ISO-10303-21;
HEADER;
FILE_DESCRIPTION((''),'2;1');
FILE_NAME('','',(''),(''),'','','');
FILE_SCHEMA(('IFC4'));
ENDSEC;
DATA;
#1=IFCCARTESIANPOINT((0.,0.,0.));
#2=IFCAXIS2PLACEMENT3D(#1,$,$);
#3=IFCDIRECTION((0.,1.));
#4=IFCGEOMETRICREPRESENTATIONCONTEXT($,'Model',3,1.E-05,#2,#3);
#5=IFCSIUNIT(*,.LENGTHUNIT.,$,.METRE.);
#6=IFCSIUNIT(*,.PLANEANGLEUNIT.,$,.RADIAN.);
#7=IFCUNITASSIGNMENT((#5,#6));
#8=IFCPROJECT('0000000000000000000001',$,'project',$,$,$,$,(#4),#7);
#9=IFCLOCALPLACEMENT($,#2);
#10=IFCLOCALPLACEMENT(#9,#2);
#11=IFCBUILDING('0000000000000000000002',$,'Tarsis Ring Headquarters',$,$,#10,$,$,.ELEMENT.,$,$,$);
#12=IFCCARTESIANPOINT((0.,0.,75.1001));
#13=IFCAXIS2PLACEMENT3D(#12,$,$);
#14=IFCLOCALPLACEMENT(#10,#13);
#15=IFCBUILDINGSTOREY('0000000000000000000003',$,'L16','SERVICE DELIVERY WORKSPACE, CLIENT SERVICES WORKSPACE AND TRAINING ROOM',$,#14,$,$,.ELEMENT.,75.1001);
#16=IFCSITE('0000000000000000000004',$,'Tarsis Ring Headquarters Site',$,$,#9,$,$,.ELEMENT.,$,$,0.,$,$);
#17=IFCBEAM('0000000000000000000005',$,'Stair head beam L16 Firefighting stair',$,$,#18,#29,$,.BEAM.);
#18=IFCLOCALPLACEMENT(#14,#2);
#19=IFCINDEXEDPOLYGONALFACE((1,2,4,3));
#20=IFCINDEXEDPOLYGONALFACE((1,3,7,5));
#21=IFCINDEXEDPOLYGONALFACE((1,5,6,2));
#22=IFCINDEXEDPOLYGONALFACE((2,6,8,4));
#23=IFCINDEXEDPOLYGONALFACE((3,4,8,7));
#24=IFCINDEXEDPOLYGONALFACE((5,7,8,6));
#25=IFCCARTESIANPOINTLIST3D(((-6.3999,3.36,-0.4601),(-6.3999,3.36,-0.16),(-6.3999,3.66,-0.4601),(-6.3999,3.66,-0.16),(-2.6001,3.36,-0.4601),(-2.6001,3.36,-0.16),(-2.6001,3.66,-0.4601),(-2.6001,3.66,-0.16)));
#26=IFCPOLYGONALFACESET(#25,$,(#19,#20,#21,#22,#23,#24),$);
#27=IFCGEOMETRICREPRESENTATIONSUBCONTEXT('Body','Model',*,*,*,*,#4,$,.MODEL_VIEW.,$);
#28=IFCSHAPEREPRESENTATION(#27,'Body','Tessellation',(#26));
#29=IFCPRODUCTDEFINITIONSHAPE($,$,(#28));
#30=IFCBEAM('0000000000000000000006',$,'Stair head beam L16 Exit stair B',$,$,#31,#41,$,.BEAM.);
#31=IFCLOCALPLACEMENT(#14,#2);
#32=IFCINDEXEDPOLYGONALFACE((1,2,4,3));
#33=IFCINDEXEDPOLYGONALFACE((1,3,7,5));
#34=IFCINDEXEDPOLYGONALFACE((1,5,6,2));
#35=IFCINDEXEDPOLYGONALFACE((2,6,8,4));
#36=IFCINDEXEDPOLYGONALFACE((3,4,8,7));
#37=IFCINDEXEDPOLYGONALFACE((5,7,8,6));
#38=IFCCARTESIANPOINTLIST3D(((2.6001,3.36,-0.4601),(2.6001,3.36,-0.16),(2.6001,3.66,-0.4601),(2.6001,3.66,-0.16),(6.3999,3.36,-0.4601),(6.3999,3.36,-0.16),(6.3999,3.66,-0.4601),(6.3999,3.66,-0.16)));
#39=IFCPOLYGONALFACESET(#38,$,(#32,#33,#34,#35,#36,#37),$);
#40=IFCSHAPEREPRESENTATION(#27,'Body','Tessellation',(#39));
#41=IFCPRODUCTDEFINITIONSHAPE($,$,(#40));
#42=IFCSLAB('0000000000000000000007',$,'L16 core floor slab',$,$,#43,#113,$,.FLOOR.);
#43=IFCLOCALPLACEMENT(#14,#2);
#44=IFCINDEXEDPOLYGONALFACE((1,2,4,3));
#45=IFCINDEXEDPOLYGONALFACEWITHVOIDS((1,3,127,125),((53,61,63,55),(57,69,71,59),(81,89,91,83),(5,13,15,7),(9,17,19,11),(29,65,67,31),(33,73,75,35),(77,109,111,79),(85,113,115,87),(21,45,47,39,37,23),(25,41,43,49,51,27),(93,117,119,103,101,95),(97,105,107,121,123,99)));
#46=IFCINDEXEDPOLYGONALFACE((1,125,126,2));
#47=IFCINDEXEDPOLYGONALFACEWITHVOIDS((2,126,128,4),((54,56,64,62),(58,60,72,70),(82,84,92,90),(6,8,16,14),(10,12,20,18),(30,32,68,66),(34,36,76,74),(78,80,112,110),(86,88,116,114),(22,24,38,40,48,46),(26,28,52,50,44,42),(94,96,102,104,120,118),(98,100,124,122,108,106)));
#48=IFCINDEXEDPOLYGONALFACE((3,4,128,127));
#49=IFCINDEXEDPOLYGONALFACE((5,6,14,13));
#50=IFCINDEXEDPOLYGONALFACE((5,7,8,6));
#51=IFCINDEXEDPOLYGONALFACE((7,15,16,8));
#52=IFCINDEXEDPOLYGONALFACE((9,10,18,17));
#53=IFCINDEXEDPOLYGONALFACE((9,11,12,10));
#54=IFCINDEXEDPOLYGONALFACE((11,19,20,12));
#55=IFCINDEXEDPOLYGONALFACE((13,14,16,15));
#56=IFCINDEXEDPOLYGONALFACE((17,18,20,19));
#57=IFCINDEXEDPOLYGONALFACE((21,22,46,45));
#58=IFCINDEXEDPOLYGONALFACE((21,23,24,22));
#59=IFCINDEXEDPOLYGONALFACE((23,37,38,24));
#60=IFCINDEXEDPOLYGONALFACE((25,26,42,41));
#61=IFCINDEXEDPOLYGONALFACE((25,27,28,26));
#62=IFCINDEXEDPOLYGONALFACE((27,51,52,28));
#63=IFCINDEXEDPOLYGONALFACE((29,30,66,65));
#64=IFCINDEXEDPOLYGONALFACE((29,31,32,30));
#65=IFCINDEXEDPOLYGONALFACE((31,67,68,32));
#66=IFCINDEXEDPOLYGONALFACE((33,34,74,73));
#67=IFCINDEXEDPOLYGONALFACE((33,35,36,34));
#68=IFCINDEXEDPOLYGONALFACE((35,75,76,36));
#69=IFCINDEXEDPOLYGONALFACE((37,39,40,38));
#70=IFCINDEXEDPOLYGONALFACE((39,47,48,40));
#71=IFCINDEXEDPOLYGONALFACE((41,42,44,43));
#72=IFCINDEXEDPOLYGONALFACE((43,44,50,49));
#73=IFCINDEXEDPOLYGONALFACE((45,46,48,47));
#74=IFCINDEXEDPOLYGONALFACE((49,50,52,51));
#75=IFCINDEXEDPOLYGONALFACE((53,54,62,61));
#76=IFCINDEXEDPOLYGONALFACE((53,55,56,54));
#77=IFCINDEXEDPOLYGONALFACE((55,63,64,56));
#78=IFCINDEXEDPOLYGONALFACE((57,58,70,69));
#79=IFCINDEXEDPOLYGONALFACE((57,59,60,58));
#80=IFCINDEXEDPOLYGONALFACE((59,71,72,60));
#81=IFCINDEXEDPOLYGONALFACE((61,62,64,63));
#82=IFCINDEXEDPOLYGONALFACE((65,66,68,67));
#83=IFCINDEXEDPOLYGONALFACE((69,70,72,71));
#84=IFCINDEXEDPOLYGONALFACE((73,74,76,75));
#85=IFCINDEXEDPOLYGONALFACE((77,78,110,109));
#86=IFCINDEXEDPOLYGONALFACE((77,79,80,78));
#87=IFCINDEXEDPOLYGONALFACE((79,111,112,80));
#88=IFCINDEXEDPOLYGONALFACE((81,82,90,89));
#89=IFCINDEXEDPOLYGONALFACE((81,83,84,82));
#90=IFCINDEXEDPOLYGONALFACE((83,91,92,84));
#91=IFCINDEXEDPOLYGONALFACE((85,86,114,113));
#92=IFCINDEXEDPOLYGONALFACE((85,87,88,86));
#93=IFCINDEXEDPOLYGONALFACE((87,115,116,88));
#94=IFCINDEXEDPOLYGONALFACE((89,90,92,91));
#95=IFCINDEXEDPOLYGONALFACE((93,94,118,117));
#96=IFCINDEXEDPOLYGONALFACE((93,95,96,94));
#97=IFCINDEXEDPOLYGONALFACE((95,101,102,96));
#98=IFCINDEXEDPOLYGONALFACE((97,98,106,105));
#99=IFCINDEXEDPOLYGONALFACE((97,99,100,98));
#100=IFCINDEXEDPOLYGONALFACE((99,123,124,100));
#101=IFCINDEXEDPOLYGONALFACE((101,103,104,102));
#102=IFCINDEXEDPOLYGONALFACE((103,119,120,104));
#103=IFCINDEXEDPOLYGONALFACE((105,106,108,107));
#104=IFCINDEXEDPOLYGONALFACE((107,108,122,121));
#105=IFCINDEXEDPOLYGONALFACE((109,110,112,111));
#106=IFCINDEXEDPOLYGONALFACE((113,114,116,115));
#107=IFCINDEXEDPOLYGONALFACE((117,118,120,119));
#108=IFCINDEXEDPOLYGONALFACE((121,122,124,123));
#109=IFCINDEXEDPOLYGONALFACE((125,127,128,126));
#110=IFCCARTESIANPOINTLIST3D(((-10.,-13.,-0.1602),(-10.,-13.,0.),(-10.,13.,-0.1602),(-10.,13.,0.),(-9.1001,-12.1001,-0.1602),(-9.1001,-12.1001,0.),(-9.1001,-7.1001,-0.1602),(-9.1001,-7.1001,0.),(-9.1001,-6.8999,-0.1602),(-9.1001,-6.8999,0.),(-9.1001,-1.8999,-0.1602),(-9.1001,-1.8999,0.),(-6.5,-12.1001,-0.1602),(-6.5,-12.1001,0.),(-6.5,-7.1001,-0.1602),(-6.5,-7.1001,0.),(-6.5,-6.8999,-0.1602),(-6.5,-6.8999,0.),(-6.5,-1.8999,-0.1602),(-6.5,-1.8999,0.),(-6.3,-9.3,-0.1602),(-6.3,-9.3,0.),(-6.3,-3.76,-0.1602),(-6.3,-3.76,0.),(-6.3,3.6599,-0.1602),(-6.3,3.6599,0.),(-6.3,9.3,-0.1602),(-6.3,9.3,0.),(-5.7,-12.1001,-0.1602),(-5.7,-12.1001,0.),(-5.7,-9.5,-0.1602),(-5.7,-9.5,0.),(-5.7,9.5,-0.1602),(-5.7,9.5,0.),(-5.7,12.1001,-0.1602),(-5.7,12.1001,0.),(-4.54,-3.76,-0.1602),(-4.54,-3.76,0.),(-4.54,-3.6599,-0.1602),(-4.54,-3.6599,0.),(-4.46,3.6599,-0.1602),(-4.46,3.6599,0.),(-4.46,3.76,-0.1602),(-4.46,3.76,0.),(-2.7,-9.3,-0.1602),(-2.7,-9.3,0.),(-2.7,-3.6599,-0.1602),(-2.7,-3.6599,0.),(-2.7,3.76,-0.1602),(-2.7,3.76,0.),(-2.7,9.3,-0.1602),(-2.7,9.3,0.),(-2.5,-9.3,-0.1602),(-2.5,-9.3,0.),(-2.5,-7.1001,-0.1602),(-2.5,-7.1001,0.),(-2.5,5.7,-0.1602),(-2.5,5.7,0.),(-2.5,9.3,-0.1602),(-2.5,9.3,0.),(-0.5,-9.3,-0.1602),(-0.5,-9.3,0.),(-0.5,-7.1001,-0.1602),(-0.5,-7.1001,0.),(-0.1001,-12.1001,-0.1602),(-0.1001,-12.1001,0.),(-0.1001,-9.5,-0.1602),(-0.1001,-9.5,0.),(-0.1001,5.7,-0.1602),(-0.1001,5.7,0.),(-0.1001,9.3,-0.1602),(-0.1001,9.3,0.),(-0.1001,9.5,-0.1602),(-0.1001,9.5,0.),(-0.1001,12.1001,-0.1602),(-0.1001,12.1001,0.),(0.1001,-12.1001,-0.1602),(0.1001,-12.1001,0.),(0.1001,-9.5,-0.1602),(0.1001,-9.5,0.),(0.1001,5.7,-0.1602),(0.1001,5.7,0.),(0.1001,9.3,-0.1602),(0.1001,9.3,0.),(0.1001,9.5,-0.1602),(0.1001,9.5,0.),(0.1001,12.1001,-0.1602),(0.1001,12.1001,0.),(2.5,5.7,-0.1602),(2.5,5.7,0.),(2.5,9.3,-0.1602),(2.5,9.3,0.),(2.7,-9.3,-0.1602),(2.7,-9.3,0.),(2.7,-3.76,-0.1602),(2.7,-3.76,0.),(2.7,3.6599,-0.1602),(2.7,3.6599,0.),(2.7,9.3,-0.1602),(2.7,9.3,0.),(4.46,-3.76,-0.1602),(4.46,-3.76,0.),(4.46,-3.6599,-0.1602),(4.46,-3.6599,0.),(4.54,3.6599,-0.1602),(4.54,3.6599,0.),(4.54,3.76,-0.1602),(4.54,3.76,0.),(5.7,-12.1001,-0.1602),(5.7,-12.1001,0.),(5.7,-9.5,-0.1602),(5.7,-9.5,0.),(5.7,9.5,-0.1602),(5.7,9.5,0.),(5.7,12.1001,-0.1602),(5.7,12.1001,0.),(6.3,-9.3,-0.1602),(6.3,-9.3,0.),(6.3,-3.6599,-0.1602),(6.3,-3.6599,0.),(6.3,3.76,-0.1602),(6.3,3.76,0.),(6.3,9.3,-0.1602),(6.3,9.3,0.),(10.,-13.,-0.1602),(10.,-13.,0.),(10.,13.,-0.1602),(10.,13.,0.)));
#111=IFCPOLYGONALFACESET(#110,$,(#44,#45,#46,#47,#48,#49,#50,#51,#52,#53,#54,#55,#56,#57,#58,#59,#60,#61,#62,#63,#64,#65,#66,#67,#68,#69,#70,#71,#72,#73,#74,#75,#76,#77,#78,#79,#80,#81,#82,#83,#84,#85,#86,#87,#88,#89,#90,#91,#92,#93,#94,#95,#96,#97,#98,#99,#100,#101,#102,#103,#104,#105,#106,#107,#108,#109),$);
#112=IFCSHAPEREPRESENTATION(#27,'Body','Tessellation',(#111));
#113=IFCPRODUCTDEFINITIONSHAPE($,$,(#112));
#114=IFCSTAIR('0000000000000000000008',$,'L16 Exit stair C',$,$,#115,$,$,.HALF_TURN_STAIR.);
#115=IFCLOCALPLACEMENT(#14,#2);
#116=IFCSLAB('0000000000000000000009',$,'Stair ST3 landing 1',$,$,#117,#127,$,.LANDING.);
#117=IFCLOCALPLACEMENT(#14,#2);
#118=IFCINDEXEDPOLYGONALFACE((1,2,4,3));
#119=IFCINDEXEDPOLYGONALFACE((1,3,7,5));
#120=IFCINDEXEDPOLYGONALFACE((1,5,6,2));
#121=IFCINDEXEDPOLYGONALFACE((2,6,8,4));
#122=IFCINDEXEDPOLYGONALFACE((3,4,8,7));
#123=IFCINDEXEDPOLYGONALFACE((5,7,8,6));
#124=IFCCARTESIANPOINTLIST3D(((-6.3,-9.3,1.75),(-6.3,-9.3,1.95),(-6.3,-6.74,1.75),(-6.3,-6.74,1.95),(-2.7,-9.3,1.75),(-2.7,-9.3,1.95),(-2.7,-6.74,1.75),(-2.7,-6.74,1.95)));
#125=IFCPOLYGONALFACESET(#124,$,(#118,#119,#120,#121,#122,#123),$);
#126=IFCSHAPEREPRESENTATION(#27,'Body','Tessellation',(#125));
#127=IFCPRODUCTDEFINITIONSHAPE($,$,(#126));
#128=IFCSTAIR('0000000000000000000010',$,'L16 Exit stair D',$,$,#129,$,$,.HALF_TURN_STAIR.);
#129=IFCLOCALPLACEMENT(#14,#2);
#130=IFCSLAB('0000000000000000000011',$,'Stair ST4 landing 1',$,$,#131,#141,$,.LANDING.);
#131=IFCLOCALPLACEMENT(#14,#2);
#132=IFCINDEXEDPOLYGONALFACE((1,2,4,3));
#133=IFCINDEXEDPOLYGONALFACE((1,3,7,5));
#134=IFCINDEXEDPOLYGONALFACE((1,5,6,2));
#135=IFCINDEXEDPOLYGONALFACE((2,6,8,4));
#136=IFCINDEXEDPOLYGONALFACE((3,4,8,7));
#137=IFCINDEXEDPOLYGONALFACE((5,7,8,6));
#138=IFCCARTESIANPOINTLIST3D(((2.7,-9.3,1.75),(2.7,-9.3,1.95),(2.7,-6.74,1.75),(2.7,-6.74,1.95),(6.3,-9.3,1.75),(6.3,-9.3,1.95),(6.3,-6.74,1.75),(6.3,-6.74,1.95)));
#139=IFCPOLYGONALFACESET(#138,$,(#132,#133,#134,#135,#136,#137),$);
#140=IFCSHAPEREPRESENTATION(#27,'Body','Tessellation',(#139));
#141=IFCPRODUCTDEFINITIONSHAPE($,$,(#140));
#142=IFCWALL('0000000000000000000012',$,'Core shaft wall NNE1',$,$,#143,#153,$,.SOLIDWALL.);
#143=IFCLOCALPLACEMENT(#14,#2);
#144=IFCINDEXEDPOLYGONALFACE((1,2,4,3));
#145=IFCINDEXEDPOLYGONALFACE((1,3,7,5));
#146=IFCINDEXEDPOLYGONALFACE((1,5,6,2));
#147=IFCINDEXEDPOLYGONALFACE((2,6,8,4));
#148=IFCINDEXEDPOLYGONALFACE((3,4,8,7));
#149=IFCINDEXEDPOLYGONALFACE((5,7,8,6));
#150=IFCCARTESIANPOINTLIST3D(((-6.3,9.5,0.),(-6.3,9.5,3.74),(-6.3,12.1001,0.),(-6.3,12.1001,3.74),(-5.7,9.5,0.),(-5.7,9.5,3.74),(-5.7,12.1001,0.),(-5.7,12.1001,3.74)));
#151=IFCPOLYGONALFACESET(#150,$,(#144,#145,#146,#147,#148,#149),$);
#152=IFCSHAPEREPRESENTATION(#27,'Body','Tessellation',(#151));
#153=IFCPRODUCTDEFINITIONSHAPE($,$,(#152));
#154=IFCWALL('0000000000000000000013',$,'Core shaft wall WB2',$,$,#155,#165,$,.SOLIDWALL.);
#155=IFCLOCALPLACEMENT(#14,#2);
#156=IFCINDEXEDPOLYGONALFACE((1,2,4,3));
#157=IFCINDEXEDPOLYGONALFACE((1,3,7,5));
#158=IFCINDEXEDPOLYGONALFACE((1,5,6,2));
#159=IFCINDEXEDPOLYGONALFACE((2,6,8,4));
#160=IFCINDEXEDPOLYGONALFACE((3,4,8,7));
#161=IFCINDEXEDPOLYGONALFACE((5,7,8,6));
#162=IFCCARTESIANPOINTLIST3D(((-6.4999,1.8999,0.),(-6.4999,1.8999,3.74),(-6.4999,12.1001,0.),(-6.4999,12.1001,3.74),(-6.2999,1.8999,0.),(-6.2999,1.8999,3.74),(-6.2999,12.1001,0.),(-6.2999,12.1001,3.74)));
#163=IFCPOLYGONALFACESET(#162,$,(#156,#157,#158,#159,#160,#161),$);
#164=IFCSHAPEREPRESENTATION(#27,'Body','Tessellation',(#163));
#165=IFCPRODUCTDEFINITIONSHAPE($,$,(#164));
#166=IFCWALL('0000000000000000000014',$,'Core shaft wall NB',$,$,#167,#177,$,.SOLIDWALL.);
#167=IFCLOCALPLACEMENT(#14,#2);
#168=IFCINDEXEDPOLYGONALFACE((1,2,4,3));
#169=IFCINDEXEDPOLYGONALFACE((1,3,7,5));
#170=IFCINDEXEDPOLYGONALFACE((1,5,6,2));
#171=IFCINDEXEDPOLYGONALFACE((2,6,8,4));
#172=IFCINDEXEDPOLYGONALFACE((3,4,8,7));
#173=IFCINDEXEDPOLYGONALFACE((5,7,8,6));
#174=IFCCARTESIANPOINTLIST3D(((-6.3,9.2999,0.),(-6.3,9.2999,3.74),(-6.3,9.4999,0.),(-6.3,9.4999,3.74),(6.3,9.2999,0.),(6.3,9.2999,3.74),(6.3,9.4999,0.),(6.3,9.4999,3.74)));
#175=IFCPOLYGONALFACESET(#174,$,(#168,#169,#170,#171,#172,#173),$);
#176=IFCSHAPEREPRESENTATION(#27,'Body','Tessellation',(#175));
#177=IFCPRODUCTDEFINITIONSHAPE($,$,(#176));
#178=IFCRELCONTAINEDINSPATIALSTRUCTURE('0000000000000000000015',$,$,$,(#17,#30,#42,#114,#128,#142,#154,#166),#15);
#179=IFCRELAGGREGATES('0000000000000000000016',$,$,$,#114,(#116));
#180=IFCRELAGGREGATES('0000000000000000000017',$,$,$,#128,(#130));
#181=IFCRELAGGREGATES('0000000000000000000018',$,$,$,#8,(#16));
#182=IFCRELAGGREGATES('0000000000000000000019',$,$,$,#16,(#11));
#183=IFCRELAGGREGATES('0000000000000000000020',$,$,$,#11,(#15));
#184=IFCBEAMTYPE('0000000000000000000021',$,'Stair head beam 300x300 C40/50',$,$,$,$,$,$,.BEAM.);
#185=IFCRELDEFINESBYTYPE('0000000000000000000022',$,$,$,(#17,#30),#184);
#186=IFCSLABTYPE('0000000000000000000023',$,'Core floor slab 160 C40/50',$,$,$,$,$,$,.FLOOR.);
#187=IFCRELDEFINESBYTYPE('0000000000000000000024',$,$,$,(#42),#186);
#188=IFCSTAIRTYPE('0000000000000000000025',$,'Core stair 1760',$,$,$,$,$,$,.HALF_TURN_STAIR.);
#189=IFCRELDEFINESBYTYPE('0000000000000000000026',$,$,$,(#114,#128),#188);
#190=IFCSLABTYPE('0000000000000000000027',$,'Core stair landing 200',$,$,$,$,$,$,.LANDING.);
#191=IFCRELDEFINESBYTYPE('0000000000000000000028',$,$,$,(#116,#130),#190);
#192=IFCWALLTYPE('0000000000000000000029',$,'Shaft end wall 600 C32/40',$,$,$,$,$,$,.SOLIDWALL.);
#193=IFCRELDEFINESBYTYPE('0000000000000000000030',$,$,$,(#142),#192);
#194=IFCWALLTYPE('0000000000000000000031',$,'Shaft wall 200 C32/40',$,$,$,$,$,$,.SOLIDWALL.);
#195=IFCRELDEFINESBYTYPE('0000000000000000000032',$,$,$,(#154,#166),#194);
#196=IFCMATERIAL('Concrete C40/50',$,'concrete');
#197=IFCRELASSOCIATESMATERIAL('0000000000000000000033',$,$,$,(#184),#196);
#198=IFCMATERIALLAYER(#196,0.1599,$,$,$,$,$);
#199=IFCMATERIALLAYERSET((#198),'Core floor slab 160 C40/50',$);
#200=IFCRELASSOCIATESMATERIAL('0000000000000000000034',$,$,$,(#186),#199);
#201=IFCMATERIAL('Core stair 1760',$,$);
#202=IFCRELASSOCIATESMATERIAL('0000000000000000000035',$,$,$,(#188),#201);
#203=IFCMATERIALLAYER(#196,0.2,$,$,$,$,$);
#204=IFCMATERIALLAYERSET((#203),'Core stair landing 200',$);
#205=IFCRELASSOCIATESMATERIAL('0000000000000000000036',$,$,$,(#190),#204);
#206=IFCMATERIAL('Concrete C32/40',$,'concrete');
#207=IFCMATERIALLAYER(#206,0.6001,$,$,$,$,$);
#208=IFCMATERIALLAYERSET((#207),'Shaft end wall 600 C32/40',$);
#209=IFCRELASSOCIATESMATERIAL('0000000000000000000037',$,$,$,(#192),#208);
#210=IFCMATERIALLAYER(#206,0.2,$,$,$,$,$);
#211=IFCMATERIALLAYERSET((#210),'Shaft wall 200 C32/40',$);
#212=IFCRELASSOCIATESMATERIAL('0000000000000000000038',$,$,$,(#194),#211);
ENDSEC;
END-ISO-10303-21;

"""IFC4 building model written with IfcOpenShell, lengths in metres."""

from ifc_helpers import new_model, si_unit, direction, frame, frame_2d, origin, origin_2d, place, context, subcontext, project, spatial, polyline, rectangle, outline, extrude, material, layer, layer_set, material_profile, profile_set, type_object, element, aggregate, save


model = new_model("IFC4")

# Units and contexts
model_context = context("Model", 3, precision=1e-05, world=origin(), true_north=direction((0.0, 1.0)))
body_context = subcontext(model_context, "Body", "Model", "MODEL_VIEW")
ifc_project = project(units=[si_unit("LENGTHUNIT", "METRE"), si_unit("PLANEANGLEUNIT", "RADIAN")], contexts=[model_context])

# Site, building, storey
site_placement = place(None, origin())
site = spatial("IfcSite", under=ifc_project, at=site_placement, Name="Tarsis Ring Headquarters Site", CompositionType="ELEMENT", RefElevation=0.0)
building_placement = place(site_placement, origin())
building = spatial("IfcBuilding", under=site, at=building_placement, Name="Tarsis Ring Headquarters", CompositionType="ELEMENT")
storey_placement = place(building_placement, frame((0.0, 0.0, 75.1001)))
storey = spatial("IfcBuildingStorey", under=building, at=storey_placement, Name="L16", Description="SERVICE DELIVERY WORKSPACE, CLIENT SERVICES WORKSPACE AND TRAINING ROOM", CompositionType="ELEMENT", Elevation=75.1001)

# Beams
ifc_material_1 = material(Name="Concrete C40/50", Category="concrete")
ifc_material_profile = material_profile(ifc_material_1, rectangle(XDim=0.3, YDim=0.3, at=origin_2d()), Name="Stair head beam 300x300 C40/50")
ifc_profile_set = profile_set([ifc_material_profile], Name="Concrete C40/50")
beam_type = type_object("IfcBeamType", Name="Stair head beam 300x300 C40/50", PredefinedType="BEAM", material=ifc_profile_set)
for number, where, z_axis, x_axis, name in (
    (1, (-6.3999, 3.51, -0.3101), (1.0, 0.0, 0.0), (0.0, 1.0, 0.0), "Stair head beam L16 Firefighting stair"),
    (2, (2.6001, 3.51, -0.3101), (1.0, 0.0, 0.0), (0.0, 1.0, 0.0), "Stair head beam L16 Exit stair B"),
):
    element("IfcBeam", number, at=place(storey_placement, frame(where, z_axis=z_axis, x_axis=x_axis)), inside=storey, type_object=beam_type, Name=name, PredefinedType="BEAM", context=body_context, shape_type="SweptSolid", body=[
        extrude(rectangle(XDim=0.3, YDim=0.3, at=origin_2d()), origin(), (0.0, 0.0, 1.0), 3.7998),
    ])

# Slab
ifc_layer_1 = layer(ifc_material_1, 0.1599)
ifc_layer_set_1 = layer_set([ifc_layer_1], Name="Core floor slab 160 C40/50")
slab_type_1 = type_object("IfcSlabType", Name="Core floor slab 160 C40/50", PredefinedType="FLOOR", material=ifc_layer_set_1)
slab_1_placement = place(storey_placement, frame((0.0, 0.0, -0.1602)))
element("IfcSlab", 3, at=slab_1_placement, inside=storey, type_object=slab_type_1, Name="L16 core floor slab", PredefinedType="FLOOR", context=body_context, shape_type="SweptSolid", body=[
    extrude(outline(polyline([(-10.0, -13.0), (10.0, -13.0), (10.0, 13.0), (-10.0, 13.0), (-10.0, -13.0)]), holes=[polyline([(-2.5, 5.7), (-0.1001, 5.7), (-0.1001, 9.3), (-2.5, 9.3), (-2.5, 5.7)]), polyline([(0.1001, 5.7), (2.5, 5.7), (2.5, 9.3), (0.1001, 9.3), (0.1001, 5.7)]), polyline([(-9.1001, -12.1001), (-6.5, -12.1001), (-6.5, -7.1001), (-9.1001, -7.1001), (-9.1001, -12.1001)]), polyline([(-9.1001, -6.8999), (-6.5, -6.8999), (-6.5, -1.8999), (-9.1001, -1.8999), (-9.1001, -6.8999)]), polyline([(-5.7, 9.5), (-0.1001, 9.5), (-0.1001, 12.1001), (-5.7, 12.1001), (-5.7, 9.5)]), polyline([(0.1001, 9.5), (5.7, 9.5), (5.7, 12.1001), (0.1001, 12.1001), (0.1001, 9.5)]), polyline([(-5.7, -12.1001), (-0.1001, -12.1001), (-0.1001, -9.5), (-5.7, -9.5), (-5.7, -12.1001)]), polyline([(0.1001, -12.1001), (5.7, -12.1001), (5.7, -9.5), (0.1001, -9.5), (0.1001, -12.1001)]), polyline([(-2.5, -9.3), (-0.5, -9.3), (-0.5, -7.1001), (-2.5, -7.1001), (-2.5, -9.3)]), polyline([(-2.7, 3.76), (-2.7, 9.3), (-6.3, 9.3), (-6.3, 3.6599), (-4.46, 3.6599), (-4.46, 3.76), (-2.7, 3.76)]), polyline([(6.3, 3.76), (6.3, 9.3), (2.7, 9.3), (2.7, 3.6599), (4.54, 3.6599), (4.54, 3.76), (6.3, 3.76)]), polyline([(-6.3, -3.76), (-6.3, -9.3), (-2.7, -9.3), (-2.7, -3.6599), (-4.54, -3.6599), (-4.54, -3.76), (-6.3, -3.76)]), polyline([(2.7, -3.76), (2.7, -9.3), (6.3, -9.3), (6.3, -3.6599), (4.46, -3.6599), (4.46, -3.76), (2.7, -3.76)])]), origin(), (0.0, 0.0, 1.0), 0.1602),
])

# Stairs, slabs
ifc_material_2 = material(Name="Core stair 1760")
stair_type = type_object("IfcStairType", Name="Core stair 1760", PredefinedType="HALF_TURN_STAIR", material=ifc_material_2)
stair_1_placement = place(storey_placement, origin())
stair_1 = element("IfcStair", 4, at=stair_1_placement, inside=storey, type_object=stair_type, Name="L16 Exit stair C", PredefinedType="HALF_TURN_STAIR")
ifc_layer_2 = layer(ifc_material_1, 0.2)
ifc_layer_set_2 = layer_set([ifc_layer_2], Name="Core stair landing 200")
slab_type_2 = type_object("IfcSlabType", Name="Core stair landing 200", PredefinedType="LANDING", material=ifc_layer_set_2)
slab_2_placement = place(storey_placement, frame((0.0, 0.0, 1.75)))
slab_2 = element("IfcSlab", 5, at=slab_2_placement, type_object=slab_type_2, Name="Stair ST3 landing 1", PredefinedType="LANDING", context=body_context, shape_type="SweptSolid", body=[
    extrude(outline(polyline([(-6.3, -6.74), (-6.3, -9.3), (-2.7, -9.3), (-2.7, -6.74), (-6.3, -6.74)])), origin(), (0.0, 0.0, 1.0), 0.2),
])
aggregate(stair_1, [slab_2])
stair_2_placement = place(storey_placement, origin())
stair_2 = element("IfcStair", 6, at=stair_2_placement, inside=storey, type_object=stair_type, Name="L16 Exit stair D", PredefinedType="HALF_TURN_STAIR")
slab_3_placement = place(storey_placement, frame((0.0, 0.0, 1.75)))
slab_3 = element("IfcSlab", 7, at=slab_3_placement, type_object=slab_type_2, Name="Stair ST4 landing 1", PredefinedType="LANDING", context=body_context, shape_type="SweptSolid", body=[
    extrude(outline(polyline([(2.7, -6.74), (2.7, -9.3), (6.3, -9.3), (6.3, -6.74), (2.7, -6.74)])), origin(), (0.0, 0.0, 1.0), 0.2),
])
aggregate(stair_2, [slab_3])

# Walls
ifc_material_3 = material(Name="Concrete C32/40", Category="concrete")
ifc_layer_3 = layer(ifc_material_3, 0.6001)
ifc_layer_set_3 = layer_set([ifc_layer_3], Name="Shaft end wall 600 C32/40")
wall_type_1 = type_object("IfcWallType", Name="Shaft end wall 600 C32/40", PredefinedType="SOLIDWALL", material=ifc_layer_set_3)
wall_1_placement = place(storey_placement, frame((-6.0, 9.5, 0.0), z_axis=(0.0, 0.0, 1.0), x_axis=(0.0, 1.0, 0.0)))
element("IfcWall", 8, at=wall_1_placement, inside=storey, type_object=wall_type_1, Name="Core shaft wall NNE1", PredefinedType="SOLIDWALL", context=body_context, shape_type="SweptSolid", body=[
    extrude(rectangle(XDim=2.6001, YDim=0.6001, at=frame_2d((1.3, 0.0))), origin(), (0.0, 0.0, 1.0), 3.74),
])
ifc_layer_4 = layer(ifc_material_3, 0.2)
ifc_layer_set_4 = layer_set([ifc_layer_4], Name="Shaft wall 200 C32/40")
wall_type_2 = type_object("IfcWallType", Name="Shaft wall 200 C32/40", PredefinedType="SOLIDWALL", material=ifc_layer_set_4)
wall_2_placement = place(storey_placement, frame((-6.3999, 1.8999, 0.0), z_axis=(0.0, 0.0, 1.0), x_axis=(0.0, 1.0, 0.0)))
element("IfcWall", 9, at=wall_2_placement, inside=storey, type_object=wall_type_2, Name="Core shaft wall WB2", PredefinedType="SOLIDWALL", context=body_context, shape_type="SweptSolid", body=[
    extrude(rectangle(XDim=10.2002, YDim=0.2, at=frame_2d((5.1001, 0.0))), origin(), (0.0, 0.0, 1.0), 3.74),
])
wall_3_placement = place(storey_placement, frame((-6.3, 9.3999, 0.0), z_axis=(0.0, 0.0, 1.0), x_axis=(1.0, 0.0, 0.0)))
element("IfcWall", 10, at=wall_3_placement, inside=storey, type_object=wall_type_2, Name="Core shaft wall NB", PredefinedType="SOLIDWALL", context=body_context, shape_type="SweptSolid", body=[
    extrude(rectangle(XDim=12.6001, YDim=0.2, at=frame_2d((6.3, 0.0))), origin(), (0.0, 0.0, 1.0), 3.74),
])

save(model, "model.ifc")
